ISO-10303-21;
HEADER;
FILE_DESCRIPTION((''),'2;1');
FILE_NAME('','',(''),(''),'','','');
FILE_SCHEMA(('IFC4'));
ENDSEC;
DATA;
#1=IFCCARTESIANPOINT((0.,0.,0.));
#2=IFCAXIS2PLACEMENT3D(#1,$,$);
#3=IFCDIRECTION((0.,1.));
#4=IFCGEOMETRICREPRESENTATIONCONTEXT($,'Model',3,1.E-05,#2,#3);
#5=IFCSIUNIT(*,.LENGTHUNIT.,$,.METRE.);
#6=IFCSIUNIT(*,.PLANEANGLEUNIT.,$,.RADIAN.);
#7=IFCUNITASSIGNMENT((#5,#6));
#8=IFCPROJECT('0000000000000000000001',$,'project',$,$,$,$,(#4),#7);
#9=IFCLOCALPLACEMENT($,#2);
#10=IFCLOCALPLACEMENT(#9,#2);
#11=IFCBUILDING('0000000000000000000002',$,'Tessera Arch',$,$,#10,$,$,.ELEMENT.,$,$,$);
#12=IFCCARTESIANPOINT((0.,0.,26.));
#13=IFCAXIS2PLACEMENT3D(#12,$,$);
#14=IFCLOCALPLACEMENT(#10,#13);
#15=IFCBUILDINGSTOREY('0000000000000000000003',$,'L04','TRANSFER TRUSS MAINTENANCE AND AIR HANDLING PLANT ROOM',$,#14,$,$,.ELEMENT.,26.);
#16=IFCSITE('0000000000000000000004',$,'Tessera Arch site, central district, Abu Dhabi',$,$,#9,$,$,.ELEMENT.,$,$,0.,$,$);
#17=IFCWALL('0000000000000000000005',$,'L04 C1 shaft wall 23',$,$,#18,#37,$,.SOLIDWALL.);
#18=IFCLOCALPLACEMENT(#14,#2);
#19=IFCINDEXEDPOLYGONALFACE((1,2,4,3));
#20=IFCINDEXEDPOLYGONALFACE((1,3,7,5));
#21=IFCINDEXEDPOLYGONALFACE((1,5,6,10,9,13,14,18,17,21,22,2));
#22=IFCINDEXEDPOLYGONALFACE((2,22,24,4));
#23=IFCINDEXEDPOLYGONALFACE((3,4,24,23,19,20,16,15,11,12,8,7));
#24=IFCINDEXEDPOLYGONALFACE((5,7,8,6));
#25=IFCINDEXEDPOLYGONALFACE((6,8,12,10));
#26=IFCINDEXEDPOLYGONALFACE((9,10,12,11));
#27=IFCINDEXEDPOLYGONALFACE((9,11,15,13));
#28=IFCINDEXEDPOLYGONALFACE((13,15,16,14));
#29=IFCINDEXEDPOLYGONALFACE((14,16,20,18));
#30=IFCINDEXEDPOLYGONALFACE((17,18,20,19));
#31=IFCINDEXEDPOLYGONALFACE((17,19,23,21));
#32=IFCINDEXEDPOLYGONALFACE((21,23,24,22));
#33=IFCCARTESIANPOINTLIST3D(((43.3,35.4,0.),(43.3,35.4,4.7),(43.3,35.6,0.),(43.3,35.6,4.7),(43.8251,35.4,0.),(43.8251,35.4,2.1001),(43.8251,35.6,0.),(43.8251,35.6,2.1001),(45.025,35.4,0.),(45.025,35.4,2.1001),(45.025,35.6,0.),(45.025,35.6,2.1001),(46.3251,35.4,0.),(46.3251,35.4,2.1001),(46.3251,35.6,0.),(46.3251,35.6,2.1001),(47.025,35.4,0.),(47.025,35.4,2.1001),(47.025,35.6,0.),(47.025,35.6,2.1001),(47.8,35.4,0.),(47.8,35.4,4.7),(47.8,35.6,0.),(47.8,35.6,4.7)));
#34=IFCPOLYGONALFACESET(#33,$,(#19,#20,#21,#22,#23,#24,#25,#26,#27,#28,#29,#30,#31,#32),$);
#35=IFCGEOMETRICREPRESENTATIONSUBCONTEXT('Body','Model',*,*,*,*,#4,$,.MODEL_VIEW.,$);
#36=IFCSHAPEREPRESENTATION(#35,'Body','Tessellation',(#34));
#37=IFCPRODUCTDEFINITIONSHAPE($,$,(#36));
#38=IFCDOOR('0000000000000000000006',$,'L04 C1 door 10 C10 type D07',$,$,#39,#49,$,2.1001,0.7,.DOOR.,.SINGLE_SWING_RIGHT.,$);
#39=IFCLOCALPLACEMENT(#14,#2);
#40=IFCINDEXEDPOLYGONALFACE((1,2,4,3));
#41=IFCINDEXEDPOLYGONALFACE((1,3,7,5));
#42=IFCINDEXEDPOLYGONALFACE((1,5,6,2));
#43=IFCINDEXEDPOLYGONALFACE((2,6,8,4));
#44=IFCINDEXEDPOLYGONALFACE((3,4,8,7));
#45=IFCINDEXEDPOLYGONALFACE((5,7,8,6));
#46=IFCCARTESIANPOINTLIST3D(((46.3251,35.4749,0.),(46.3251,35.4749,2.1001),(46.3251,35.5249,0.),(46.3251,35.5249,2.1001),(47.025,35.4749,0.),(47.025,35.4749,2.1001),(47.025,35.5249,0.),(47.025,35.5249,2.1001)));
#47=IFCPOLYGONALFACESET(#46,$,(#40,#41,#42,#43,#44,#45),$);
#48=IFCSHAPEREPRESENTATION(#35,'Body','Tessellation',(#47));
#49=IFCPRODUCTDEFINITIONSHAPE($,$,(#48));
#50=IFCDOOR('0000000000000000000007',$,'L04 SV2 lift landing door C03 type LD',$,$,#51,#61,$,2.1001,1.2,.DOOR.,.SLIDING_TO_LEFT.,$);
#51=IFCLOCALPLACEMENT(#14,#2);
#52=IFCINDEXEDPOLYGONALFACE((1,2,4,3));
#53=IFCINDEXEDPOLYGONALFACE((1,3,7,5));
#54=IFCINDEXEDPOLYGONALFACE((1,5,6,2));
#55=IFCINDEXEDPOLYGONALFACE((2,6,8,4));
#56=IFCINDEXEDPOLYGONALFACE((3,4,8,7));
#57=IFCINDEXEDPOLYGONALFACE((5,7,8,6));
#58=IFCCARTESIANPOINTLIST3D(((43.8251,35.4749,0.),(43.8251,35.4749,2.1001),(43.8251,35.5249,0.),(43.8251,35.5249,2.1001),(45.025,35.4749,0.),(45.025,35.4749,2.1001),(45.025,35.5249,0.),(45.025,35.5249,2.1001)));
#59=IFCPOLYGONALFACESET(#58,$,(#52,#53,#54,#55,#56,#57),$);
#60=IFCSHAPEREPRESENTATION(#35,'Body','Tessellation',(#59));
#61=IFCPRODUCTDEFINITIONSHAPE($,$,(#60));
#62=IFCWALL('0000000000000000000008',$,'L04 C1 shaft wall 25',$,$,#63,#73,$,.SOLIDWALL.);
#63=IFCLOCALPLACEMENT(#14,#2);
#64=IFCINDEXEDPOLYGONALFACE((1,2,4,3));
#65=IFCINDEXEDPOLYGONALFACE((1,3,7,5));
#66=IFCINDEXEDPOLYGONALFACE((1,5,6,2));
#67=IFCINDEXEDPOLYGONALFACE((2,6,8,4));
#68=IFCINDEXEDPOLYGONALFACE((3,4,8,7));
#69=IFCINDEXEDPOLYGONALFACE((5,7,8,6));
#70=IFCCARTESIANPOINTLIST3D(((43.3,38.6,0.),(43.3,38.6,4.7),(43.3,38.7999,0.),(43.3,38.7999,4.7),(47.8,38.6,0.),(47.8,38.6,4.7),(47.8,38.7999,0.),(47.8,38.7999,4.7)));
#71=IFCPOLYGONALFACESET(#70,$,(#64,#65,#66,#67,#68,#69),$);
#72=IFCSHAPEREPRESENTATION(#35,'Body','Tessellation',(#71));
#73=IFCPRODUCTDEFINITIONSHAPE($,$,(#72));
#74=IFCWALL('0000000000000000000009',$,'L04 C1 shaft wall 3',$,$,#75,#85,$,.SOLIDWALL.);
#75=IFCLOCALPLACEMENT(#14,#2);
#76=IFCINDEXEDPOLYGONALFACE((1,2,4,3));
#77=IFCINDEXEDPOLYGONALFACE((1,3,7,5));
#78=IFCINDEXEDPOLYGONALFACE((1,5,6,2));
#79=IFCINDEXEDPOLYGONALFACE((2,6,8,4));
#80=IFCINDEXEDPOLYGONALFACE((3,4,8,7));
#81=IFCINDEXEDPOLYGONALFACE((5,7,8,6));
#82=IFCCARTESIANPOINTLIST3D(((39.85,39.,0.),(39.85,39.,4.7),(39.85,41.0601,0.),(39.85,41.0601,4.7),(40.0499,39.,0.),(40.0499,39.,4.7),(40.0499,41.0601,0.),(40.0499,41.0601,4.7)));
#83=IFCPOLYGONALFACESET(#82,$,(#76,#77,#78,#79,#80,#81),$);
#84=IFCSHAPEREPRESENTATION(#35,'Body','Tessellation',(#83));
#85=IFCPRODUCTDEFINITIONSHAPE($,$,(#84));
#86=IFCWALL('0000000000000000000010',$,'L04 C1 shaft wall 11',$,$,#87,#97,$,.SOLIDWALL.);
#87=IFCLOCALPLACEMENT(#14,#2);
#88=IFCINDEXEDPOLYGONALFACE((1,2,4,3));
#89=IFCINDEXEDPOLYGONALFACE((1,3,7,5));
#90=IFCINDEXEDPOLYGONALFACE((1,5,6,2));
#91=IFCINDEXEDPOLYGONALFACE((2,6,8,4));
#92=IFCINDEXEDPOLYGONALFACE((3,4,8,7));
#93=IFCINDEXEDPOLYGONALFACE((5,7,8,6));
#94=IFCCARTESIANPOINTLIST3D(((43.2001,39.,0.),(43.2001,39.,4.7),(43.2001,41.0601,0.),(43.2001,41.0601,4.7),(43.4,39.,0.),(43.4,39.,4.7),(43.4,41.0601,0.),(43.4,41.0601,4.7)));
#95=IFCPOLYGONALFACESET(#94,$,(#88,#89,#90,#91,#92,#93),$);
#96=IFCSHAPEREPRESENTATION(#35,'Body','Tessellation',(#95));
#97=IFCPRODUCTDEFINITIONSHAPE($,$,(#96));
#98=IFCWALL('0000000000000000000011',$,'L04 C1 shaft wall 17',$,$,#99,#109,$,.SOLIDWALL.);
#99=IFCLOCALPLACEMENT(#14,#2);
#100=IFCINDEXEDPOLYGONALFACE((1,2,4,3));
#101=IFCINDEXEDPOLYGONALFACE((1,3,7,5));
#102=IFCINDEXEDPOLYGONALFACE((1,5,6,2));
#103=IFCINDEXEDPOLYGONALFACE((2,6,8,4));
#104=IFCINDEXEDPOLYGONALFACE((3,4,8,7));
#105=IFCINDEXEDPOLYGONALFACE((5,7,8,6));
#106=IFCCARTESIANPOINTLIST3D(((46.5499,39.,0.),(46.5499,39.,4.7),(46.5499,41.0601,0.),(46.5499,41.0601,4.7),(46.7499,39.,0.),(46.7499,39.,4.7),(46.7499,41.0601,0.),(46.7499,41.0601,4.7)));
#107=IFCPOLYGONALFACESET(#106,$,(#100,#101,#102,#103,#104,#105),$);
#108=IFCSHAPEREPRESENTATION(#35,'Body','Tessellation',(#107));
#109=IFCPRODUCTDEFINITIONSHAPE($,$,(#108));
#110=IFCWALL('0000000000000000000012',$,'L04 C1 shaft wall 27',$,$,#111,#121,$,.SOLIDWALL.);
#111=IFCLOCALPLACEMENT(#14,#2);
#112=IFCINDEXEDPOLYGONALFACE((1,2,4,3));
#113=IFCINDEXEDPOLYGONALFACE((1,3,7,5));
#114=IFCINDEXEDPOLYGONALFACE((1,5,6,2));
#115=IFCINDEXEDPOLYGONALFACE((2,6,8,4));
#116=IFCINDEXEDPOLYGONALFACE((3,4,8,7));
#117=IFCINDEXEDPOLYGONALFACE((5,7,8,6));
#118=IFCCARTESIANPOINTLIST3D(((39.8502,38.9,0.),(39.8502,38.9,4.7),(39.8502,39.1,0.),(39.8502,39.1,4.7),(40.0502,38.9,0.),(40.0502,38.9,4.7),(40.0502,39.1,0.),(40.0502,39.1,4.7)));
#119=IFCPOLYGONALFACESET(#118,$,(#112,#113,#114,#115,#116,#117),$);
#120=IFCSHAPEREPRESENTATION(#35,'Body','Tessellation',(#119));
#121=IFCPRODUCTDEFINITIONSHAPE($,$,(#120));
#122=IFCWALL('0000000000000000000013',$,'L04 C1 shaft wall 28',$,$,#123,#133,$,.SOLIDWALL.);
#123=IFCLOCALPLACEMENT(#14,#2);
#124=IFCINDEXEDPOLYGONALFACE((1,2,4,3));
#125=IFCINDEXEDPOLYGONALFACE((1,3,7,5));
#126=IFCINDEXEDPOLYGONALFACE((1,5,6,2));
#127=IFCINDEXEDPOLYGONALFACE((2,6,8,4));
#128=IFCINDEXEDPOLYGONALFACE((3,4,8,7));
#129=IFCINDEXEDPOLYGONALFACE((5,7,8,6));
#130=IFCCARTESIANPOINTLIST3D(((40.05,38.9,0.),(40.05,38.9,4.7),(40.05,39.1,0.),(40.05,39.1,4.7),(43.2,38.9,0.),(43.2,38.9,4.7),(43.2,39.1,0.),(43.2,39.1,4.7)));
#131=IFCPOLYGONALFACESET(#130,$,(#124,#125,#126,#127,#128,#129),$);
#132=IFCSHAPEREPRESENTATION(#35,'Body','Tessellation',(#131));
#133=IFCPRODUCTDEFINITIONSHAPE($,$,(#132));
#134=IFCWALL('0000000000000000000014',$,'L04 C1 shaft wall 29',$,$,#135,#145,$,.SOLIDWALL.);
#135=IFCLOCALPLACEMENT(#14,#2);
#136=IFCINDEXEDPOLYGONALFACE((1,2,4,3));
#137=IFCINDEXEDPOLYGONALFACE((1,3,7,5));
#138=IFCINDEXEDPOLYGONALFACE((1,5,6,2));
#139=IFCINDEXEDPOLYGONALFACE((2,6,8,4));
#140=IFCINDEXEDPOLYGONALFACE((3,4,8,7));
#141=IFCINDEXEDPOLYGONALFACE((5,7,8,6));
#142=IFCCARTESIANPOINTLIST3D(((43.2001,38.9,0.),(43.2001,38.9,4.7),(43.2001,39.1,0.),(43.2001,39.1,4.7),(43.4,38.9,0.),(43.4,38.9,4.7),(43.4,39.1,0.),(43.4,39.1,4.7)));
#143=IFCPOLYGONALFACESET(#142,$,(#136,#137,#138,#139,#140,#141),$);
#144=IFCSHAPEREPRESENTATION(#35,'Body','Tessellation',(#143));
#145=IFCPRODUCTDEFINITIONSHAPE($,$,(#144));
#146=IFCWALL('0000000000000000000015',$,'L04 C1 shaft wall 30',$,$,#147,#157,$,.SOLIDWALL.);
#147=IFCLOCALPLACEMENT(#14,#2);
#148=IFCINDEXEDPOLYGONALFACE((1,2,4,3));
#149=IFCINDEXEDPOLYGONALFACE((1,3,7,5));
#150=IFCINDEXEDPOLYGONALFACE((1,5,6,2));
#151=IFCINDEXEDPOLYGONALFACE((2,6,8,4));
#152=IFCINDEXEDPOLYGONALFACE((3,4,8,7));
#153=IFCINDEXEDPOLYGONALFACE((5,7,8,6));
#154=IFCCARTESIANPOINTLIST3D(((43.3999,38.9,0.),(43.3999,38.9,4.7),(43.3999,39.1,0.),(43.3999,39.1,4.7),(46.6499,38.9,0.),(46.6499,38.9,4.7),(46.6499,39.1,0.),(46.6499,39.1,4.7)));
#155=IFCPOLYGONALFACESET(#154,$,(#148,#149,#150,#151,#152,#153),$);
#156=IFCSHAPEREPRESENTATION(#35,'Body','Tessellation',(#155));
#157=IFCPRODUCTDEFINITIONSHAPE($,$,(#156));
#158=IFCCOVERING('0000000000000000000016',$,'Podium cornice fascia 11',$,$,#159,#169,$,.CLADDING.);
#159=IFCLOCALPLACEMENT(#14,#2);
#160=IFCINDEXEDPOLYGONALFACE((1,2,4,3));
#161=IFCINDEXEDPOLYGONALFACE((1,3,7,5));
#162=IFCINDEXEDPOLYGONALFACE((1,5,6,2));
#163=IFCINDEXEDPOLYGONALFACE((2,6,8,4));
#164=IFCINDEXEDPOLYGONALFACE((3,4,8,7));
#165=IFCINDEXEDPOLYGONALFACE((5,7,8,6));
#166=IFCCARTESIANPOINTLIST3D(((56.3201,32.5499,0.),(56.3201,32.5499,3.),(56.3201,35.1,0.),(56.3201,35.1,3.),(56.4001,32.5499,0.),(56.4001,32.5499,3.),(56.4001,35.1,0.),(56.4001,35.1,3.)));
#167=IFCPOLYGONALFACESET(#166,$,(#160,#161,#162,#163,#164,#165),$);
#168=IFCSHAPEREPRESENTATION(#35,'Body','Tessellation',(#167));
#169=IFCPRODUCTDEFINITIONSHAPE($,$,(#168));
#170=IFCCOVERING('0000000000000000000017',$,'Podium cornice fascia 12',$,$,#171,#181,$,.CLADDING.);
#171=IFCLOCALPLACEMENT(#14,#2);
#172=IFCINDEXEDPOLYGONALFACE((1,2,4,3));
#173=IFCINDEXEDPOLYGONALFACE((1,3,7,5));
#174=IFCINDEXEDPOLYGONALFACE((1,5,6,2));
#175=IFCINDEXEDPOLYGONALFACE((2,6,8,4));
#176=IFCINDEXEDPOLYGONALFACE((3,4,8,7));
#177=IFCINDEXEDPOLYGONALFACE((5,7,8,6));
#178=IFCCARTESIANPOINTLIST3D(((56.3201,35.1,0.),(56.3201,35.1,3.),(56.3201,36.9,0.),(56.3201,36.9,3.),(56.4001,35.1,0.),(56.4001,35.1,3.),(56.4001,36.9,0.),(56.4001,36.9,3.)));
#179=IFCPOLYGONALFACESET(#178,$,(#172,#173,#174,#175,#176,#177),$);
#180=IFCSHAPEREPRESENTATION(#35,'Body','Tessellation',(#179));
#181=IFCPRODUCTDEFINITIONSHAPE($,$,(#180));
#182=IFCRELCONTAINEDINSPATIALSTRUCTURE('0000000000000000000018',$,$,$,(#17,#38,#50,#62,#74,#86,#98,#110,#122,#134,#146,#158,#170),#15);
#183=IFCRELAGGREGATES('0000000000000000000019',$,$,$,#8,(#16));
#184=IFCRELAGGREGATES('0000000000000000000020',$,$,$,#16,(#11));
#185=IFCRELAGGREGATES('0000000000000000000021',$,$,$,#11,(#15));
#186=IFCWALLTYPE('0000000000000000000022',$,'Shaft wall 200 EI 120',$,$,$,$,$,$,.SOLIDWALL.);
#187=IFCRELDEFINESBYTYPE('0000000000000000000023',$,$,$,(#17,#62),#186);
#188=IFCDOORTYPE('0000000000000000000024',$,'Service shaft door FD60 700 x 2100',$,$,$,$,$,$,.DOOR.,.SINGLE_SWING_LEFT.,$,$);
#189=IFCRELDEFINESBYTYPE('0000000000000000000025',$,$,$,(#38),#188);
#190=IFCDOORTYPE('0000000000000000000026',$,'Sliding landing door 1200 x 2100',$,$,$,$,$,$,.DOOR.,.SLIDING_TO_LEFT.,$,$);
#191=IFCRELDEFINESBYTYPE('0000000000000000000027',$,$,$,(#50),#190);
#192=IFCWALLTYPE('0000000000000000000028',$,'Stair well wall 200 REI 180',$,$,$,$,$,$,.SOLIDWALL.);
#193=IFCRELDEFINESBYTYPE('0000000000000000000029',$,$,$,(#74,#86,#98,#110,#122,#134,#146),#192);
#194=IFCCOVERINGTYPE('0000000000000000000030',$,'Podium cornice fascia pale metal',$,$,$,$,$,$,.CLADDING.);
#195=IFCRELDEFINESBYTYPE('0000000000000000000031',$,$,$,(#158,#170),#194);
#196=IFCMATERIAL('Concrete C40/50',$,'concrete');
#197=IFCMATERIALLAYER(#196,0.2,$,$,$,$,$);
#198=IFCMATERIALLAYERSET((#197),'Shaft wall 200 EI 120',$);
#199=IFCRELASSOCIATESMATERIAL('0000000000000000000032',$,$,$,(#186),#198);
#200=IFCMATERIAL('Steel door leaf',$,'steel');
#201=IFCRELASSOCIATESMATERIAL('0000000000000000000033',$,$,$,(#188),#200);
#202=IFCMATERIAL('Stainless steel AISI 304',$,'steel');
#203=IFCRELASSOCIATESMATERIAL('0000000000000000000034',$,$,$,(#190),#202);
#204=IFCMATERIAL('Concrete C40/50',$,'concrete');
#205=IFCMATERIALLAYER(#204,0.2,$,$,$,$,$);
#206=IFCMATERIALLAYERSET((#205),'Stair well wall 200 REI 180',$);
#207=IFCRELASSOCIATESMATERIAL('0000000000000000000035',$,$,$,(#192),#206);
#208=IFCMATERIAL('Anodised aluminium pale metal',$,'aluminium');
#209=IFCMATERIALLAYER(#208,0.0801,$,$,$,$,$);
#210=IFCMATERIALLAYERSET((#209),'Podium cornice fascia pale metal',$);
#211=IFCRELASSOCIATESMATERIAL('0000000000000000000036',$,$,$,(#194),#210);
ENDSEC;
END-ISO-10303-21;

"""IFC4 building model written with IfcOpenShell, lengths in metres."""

from ifc_helpers import new_model, si_unit, direction, frame, frame_2d, origin, origin_2d, place, context, subcontext, project, spatial, rectangle, extrude, material, layer, layer_set, type_object, element, fill, save


model = new_model("IFC4")

# Units and contexts
model_context = context("Model", 3, precision=1e-05, world=origin(), true_north=direction((0.0, 1.0)))
body_context = subcontext(model_context, "Body", "Model", "MODEL_VIEW")
ifc_project = project(units=[si_unit("LENGTHUNIT", "METRE"), si_unit("PLANEANGLEUNIT", "RADIAN")], contexts=[model_context])

# Site, building, storey
site_placement = place(None, origin())
site = spatial("IfcSite", under=ifc_project, at=site_placement, Name="Tessera Arch site, central district, Abu Dhabi", CompositionType="ELEMENT", RefElevation=0.0)
building_placement = place(site_placement, origin())
building = spatial("IfcBuilding", under=site, at=building_placement, Name="Tessera Arch", CompositionType="ELEMENT")
storey_placement = place(building_placement, frame((0.0, 0.0, 26.0)))
storey = spatial("IfcBuildingStorey", under=building, at=storey_placement, Name="L04", Description="TRANSFER TRUSS MAINTENANCE AND AIR HANDLING PLANT ROOM", CompositionType="ELEMENT", Elevation=26.0)

# Shared definitions
ifc_material_1 = material(Name="Concrete C40/50", Category="concrete")
ifc_layer_1 = layer(ifc_material_1, 0.2)
ifc_layer_set_1 = layer_set([ifc_layer_1], Name="Shaft wall 200 EI 120")
wall_type_1 = type_object("IfcWallType", Name="Shaft wall 200 EI 120", PredefinedType="SOLIDWALL", material=ifc_layer_set_1)

# Wall, openings, doors
wall_1_placement = place(storey_placement, frame((43.3, 35.5, 0.0), z_axis=(0.0, 0.0, 1.0), x_axis=(1.0, 0.0, 0.0)))
wall_1 = element("IfcWall", 1, at=wall_1_placement, inside=storey, type_object=wall_type_1, Name="L04 C1 shaft wall 23", PredefinedType="SOLIDWALL", context=body_context, shape_type="SweptSolid", body=[
    extrude(rectangle(XDim=4.5, YDim=0.2, at=frame_2d((2.25, 0.0))), origin(), (0.0, 0.0, 1.0), 4.7),
])
opening_1_placement = place(wall_1_placement, frame((0.5249, 0.0, 0.0)))
opening_1 = element("IfcOpeningElement", 2, at=opening_1_placement, cuts=wall_1, PredefinedType="OPENING", context=body_context, shape_type="SweptSolid", body=[
    extrude(rectangle(XDim=1.2, YDim=2.1001, at=frame_2d((0.6001, 1.05))), frame((0.0, 0.1099, 0.0), z_axis=(0.0, -1.0, 0.0), x_axis=(1.0, 0.0, 0.0)), (0.0, 0.0, 1.0), 0.22),
])
opening_2_placement = place(wall_1_placement, frame((3.0249, 0.0, 0.0)))
opening_2 = element("IfcOpeningElement", 3, at=opening_2_placement, cuts=wall_1, PredefinedType="OPENING", context=body_context, shape_type="SweptSolid", body=[
    extrude(rectangle(XDim=0.7, YDim=2.1001, at=frame_2d((0.3501, 1.05))), frame((0.0, 0.1099, 0.0), z_axis=(0.0, -1.0, 0.0), x_axis=(1.0, 0.0, 0.0)), (0.0, 0.0, 1.0), 0.22),
])
ifc_material_2 = material(Name="Steel door leaf", Category="steel")
door_type_1 = type_object("IfcDoorType", Name="Service shaft door FD60 700 x 2100", OperationType="SINGLE_SWING_LEFT", PredefinedType="DOOR", material=ifc_material_2)
door_1_placement = place(opening_2_placement, origin())
door_1 = element("IfcDoor", 4, at=door_1_placement, inside=storey, type_object=door_type_1, Name="L04 C1 door 10 C10 type D07", OperationType="SINGLE_SWING_RIGHT", OverallHeight=2.1001, OverallWidth=0.7, PredefinedType="DOOR", context=body_context, shape_type="SweptSolid", body=[
    extrude(rectangle(XDim=0.7, YDim=2.1001, at=frame_2d((0.3501, 1.05))), frame((0.0, 0.0249, 0.0), z_axis=(0.0, -1.0, 0.0), x_axis=(1.0, 0.0, 0.0)), (0.0, 0.0, 1.0), 0.05),
])
fill(opening_2, door_1)
ifc_material_3 = material(Name="Stainless steel AISI 304", Category="steel")
door_type_2 = type_object("IfcDoorType", Name="Sliding landing door 1200 x 2100", OperationType="SLIDING_TO_LEFT", PredefinedType="DOOR", material=ifc_material_3)
door_2_placement = place(opening_1_placement, origin())
door_2 = element("IfcDoor", 5, at=door_2_placement, inside=storey, type_object=door_type_2, Name="L04 SV2 lift landing door C03 type LD", OperationType="SLIDING_TO_LEFT", OverallHeight=2.1001, OverallWidth=1.2, PredefinedType="DOOR", context=body_context, shape_type="SweptSolid", body=[
    extrude(rectangle(XDim=1.2, YDim=2.1001, at=frame_2d((0.6001, 1.05))), frame((0.0, 0.0249, 0.0), z_axis=(0.0, -1.0, 0.0), x_axis=(1.0, 0.0, 0.0)), (0.0, 0.0, 1.0), 0.05),
])
fill(opening_1, door_2)

# Walls
wall_2_placement = place(storey_placement, frame((43.3, 38.7, 0.0), z_axis=(0.0, 0.0, 1.0), x_axis=(1.0, 0.0, 0.0)))
element("IfcWall", 6, at=wall_2_placement, inside=storey, type_object=wall_type_1, Name="L04 C1 shaft wall 25", PredefinedType="SOLIDWALL", context=body_context, shape_type="SweptSolid", body=[
    extrude(rectangle(XDim=4.5, YDim=0.2, at=frame_2d((2.25, 0.0))), origin(), (0.0, 0.0, 1.0), 4.7),
])
ifc_material_4 = material(Name="Concrete C40/50", Category="concrete")
ifc_layer_2 = layer(ifc_material_4, 0.2)
ifc_layer_set_2 = layer_set([ifc_layer_2], Name="Stair well wall 200 REI 180")
wall_type_2 = type_object("IfcWallType", Name="Stair well wall 200 REI 180", PredefinedType="SOLIDWALL", material=ifc_layer_set_2)
for number, where, z_axis, x_axis, name in (
    (7, (39.95, 39.0, 0.0), (0.0, 0.0, 1.0), (0.0, 1.0, 0.0), "L04 C1 shaft wall 3"),
    (8, (43.3, 39.0, 0.0), (0.0, 0.0, 1.0), (0.0, 1.0, 0.0), "L04 C1 shaft wall 11"),
    (9, (46.6499, 39.0, 0.0), (0.0, 0.0, 1.0), (0.0, 1.0, 0.0), "L04 C1 shaft wall 17"),
):
    element("IfcWall", number, at=place(storey_placement, frame(where, z_axis=z_axis, x_axis=x_axis)), inside=storey, type_object=wall_type_2, Name=name, PredefinedType="SOLIDWALL", context=body_context, shape_type="SweptSolid", body=[
        extrude(rectangle(XDim=2.0601, YDim=0.2, at=frame_2d((1.03, 0.0))), origin(), (0.0, 0.0, 1.0), 4.7),
    ])
wall_3_placement = place(storey_placement, frame((39.8501, 39.0, 0.0), z_axis=(0.0, 0.0, 1.0), x_axis=(1.0, 0.0, 0.0)))
element("IfcWall", 10, at=wall_3_placement, inside=storey, type_object=wall_type_2, Name="L04 C1 shaft wall 27", PredefinedType="SOLIDWALL", context=body_context, shape_type="SweptSolid", body=[
    extrude(rectangle(XDim=0.2, YDim=0.2, at=frame_2d((0.1001, 0.0))), origin(), (0.0, 0.0, 1.0), 4.7),
])
wall_4_placement = place(storey_placement, frame((40.05, 39.0, 0.0), z_axis=(0.0, 0.0, 1.0), x_axis=(1.0, 0.0, 0.0)))
element("IfcWall", 11, at=wall_4_placement, inside=storey, type_object=wall_type_2, Name="L04 C1 shaft wall 28", PredefinedType="SOLIDWALL", context=body_context, shape_type="SweptSolid", body=[
    extrude(rectangle(XDim=3.1499, YDim=0.2, at=frame_2d((1.575, 0.0))), origin(), (0.0, 0.0, 1.0), 4.7),
])
wall_5_placement = place(storey_placement, frame((43.2, 39.0, 0.0), z_axis=(0.0, 0.0, 1.0), x_axis=(1.0, 0.0, 0.0)))
element("IfcWall", 12, at=wall_5_placement, inside=storey, type_object=wall_type_2, Name="L04 C1 shaft wall 29", PredefinedType="SOLIDWALL", context=body_context, shape_type="SweptSolid", body=[
    extrude(rectangle(XDim=0.2, YDim=0.2, at=frame_2d((0.1001, 0.0))), origin(), (0.0, 0.0, 1.0), 4.7),
])
wall_6_placement = place(storey_placement, frame((43.3999, 39.0, 0.0), z_axis=(0.0, 0.0, 1.0), x_axis=(1.0, 0.0, 0.0)))
element("IfcWall", 13, at=wall_6_placement, inside=storey, type_object=wall_type_2, Name="L04 C1 shaft wall 30", PredefinedType="SOLIDWALL", context=body_context, shape_type="SweptSolid", body=[
    extrude(rectangle(XDim=3.25, YDim=0.2, at=frame_2d((1.625, 0.0))), origin(), (0.0, 0.0, 1.0), 4.7),
])

# Coverings
ifc_material_5 = material(Name="Anodised aluminium pale metal", Category="aluminium")
ifc_layer_3 = layer(ifc_material_5, 0.0801)
ifc_layer_set_3 = layer_set([ifc_layer_3], Name="Podium cornice fascia pale metal")
covering_type = type_object("IfcCoveringType", Name="Podium cornice fascia pale metal", PredefinedType="CLADDING", material=ifc_layer_set_3)
covering_1_placement = place(storey_placement, frame((56.3601, 33.825, 0.0), z_axis=(0.0, 0.0, 1.0), x_axis=(0.0, 1.0, 0.0)))
element("IfcCovering", 14, at=covering_1_placement, inside=storey, type_object=covering_type, Name="Podium cornice fascia 11", PredefinedType="CLADDING", context=body_context, shape_type="SweptSolid", body=[
    extrude(rectangle(XDim=2.55, YDim=0.0801, at=origin_2d()), origin(), (0.0, 0.0, 1.0), 3.0),
])
covering_2_placement = place(storey_placement, frame((56.3601, 36.0, 0.0), z_axis=(0.0, 0.0, 1.0), x_axis=(0.0, 1.0, 0.0)))
element("IfcCovering", 15, at=covering_2_placement, inside=storey, type_object=covering_type, Name="Podium cornice fascia 12", PredefinedType="CLADDING", context=body_context, shape_type="SweptSolid", body=[
    extrude(rectangle(XDim=1.8, YDim=0.0801, at=origin_2d()), origin(), (0.0, 0.0, 1.0), 3.0),
])

save(model, "model.ifc")
